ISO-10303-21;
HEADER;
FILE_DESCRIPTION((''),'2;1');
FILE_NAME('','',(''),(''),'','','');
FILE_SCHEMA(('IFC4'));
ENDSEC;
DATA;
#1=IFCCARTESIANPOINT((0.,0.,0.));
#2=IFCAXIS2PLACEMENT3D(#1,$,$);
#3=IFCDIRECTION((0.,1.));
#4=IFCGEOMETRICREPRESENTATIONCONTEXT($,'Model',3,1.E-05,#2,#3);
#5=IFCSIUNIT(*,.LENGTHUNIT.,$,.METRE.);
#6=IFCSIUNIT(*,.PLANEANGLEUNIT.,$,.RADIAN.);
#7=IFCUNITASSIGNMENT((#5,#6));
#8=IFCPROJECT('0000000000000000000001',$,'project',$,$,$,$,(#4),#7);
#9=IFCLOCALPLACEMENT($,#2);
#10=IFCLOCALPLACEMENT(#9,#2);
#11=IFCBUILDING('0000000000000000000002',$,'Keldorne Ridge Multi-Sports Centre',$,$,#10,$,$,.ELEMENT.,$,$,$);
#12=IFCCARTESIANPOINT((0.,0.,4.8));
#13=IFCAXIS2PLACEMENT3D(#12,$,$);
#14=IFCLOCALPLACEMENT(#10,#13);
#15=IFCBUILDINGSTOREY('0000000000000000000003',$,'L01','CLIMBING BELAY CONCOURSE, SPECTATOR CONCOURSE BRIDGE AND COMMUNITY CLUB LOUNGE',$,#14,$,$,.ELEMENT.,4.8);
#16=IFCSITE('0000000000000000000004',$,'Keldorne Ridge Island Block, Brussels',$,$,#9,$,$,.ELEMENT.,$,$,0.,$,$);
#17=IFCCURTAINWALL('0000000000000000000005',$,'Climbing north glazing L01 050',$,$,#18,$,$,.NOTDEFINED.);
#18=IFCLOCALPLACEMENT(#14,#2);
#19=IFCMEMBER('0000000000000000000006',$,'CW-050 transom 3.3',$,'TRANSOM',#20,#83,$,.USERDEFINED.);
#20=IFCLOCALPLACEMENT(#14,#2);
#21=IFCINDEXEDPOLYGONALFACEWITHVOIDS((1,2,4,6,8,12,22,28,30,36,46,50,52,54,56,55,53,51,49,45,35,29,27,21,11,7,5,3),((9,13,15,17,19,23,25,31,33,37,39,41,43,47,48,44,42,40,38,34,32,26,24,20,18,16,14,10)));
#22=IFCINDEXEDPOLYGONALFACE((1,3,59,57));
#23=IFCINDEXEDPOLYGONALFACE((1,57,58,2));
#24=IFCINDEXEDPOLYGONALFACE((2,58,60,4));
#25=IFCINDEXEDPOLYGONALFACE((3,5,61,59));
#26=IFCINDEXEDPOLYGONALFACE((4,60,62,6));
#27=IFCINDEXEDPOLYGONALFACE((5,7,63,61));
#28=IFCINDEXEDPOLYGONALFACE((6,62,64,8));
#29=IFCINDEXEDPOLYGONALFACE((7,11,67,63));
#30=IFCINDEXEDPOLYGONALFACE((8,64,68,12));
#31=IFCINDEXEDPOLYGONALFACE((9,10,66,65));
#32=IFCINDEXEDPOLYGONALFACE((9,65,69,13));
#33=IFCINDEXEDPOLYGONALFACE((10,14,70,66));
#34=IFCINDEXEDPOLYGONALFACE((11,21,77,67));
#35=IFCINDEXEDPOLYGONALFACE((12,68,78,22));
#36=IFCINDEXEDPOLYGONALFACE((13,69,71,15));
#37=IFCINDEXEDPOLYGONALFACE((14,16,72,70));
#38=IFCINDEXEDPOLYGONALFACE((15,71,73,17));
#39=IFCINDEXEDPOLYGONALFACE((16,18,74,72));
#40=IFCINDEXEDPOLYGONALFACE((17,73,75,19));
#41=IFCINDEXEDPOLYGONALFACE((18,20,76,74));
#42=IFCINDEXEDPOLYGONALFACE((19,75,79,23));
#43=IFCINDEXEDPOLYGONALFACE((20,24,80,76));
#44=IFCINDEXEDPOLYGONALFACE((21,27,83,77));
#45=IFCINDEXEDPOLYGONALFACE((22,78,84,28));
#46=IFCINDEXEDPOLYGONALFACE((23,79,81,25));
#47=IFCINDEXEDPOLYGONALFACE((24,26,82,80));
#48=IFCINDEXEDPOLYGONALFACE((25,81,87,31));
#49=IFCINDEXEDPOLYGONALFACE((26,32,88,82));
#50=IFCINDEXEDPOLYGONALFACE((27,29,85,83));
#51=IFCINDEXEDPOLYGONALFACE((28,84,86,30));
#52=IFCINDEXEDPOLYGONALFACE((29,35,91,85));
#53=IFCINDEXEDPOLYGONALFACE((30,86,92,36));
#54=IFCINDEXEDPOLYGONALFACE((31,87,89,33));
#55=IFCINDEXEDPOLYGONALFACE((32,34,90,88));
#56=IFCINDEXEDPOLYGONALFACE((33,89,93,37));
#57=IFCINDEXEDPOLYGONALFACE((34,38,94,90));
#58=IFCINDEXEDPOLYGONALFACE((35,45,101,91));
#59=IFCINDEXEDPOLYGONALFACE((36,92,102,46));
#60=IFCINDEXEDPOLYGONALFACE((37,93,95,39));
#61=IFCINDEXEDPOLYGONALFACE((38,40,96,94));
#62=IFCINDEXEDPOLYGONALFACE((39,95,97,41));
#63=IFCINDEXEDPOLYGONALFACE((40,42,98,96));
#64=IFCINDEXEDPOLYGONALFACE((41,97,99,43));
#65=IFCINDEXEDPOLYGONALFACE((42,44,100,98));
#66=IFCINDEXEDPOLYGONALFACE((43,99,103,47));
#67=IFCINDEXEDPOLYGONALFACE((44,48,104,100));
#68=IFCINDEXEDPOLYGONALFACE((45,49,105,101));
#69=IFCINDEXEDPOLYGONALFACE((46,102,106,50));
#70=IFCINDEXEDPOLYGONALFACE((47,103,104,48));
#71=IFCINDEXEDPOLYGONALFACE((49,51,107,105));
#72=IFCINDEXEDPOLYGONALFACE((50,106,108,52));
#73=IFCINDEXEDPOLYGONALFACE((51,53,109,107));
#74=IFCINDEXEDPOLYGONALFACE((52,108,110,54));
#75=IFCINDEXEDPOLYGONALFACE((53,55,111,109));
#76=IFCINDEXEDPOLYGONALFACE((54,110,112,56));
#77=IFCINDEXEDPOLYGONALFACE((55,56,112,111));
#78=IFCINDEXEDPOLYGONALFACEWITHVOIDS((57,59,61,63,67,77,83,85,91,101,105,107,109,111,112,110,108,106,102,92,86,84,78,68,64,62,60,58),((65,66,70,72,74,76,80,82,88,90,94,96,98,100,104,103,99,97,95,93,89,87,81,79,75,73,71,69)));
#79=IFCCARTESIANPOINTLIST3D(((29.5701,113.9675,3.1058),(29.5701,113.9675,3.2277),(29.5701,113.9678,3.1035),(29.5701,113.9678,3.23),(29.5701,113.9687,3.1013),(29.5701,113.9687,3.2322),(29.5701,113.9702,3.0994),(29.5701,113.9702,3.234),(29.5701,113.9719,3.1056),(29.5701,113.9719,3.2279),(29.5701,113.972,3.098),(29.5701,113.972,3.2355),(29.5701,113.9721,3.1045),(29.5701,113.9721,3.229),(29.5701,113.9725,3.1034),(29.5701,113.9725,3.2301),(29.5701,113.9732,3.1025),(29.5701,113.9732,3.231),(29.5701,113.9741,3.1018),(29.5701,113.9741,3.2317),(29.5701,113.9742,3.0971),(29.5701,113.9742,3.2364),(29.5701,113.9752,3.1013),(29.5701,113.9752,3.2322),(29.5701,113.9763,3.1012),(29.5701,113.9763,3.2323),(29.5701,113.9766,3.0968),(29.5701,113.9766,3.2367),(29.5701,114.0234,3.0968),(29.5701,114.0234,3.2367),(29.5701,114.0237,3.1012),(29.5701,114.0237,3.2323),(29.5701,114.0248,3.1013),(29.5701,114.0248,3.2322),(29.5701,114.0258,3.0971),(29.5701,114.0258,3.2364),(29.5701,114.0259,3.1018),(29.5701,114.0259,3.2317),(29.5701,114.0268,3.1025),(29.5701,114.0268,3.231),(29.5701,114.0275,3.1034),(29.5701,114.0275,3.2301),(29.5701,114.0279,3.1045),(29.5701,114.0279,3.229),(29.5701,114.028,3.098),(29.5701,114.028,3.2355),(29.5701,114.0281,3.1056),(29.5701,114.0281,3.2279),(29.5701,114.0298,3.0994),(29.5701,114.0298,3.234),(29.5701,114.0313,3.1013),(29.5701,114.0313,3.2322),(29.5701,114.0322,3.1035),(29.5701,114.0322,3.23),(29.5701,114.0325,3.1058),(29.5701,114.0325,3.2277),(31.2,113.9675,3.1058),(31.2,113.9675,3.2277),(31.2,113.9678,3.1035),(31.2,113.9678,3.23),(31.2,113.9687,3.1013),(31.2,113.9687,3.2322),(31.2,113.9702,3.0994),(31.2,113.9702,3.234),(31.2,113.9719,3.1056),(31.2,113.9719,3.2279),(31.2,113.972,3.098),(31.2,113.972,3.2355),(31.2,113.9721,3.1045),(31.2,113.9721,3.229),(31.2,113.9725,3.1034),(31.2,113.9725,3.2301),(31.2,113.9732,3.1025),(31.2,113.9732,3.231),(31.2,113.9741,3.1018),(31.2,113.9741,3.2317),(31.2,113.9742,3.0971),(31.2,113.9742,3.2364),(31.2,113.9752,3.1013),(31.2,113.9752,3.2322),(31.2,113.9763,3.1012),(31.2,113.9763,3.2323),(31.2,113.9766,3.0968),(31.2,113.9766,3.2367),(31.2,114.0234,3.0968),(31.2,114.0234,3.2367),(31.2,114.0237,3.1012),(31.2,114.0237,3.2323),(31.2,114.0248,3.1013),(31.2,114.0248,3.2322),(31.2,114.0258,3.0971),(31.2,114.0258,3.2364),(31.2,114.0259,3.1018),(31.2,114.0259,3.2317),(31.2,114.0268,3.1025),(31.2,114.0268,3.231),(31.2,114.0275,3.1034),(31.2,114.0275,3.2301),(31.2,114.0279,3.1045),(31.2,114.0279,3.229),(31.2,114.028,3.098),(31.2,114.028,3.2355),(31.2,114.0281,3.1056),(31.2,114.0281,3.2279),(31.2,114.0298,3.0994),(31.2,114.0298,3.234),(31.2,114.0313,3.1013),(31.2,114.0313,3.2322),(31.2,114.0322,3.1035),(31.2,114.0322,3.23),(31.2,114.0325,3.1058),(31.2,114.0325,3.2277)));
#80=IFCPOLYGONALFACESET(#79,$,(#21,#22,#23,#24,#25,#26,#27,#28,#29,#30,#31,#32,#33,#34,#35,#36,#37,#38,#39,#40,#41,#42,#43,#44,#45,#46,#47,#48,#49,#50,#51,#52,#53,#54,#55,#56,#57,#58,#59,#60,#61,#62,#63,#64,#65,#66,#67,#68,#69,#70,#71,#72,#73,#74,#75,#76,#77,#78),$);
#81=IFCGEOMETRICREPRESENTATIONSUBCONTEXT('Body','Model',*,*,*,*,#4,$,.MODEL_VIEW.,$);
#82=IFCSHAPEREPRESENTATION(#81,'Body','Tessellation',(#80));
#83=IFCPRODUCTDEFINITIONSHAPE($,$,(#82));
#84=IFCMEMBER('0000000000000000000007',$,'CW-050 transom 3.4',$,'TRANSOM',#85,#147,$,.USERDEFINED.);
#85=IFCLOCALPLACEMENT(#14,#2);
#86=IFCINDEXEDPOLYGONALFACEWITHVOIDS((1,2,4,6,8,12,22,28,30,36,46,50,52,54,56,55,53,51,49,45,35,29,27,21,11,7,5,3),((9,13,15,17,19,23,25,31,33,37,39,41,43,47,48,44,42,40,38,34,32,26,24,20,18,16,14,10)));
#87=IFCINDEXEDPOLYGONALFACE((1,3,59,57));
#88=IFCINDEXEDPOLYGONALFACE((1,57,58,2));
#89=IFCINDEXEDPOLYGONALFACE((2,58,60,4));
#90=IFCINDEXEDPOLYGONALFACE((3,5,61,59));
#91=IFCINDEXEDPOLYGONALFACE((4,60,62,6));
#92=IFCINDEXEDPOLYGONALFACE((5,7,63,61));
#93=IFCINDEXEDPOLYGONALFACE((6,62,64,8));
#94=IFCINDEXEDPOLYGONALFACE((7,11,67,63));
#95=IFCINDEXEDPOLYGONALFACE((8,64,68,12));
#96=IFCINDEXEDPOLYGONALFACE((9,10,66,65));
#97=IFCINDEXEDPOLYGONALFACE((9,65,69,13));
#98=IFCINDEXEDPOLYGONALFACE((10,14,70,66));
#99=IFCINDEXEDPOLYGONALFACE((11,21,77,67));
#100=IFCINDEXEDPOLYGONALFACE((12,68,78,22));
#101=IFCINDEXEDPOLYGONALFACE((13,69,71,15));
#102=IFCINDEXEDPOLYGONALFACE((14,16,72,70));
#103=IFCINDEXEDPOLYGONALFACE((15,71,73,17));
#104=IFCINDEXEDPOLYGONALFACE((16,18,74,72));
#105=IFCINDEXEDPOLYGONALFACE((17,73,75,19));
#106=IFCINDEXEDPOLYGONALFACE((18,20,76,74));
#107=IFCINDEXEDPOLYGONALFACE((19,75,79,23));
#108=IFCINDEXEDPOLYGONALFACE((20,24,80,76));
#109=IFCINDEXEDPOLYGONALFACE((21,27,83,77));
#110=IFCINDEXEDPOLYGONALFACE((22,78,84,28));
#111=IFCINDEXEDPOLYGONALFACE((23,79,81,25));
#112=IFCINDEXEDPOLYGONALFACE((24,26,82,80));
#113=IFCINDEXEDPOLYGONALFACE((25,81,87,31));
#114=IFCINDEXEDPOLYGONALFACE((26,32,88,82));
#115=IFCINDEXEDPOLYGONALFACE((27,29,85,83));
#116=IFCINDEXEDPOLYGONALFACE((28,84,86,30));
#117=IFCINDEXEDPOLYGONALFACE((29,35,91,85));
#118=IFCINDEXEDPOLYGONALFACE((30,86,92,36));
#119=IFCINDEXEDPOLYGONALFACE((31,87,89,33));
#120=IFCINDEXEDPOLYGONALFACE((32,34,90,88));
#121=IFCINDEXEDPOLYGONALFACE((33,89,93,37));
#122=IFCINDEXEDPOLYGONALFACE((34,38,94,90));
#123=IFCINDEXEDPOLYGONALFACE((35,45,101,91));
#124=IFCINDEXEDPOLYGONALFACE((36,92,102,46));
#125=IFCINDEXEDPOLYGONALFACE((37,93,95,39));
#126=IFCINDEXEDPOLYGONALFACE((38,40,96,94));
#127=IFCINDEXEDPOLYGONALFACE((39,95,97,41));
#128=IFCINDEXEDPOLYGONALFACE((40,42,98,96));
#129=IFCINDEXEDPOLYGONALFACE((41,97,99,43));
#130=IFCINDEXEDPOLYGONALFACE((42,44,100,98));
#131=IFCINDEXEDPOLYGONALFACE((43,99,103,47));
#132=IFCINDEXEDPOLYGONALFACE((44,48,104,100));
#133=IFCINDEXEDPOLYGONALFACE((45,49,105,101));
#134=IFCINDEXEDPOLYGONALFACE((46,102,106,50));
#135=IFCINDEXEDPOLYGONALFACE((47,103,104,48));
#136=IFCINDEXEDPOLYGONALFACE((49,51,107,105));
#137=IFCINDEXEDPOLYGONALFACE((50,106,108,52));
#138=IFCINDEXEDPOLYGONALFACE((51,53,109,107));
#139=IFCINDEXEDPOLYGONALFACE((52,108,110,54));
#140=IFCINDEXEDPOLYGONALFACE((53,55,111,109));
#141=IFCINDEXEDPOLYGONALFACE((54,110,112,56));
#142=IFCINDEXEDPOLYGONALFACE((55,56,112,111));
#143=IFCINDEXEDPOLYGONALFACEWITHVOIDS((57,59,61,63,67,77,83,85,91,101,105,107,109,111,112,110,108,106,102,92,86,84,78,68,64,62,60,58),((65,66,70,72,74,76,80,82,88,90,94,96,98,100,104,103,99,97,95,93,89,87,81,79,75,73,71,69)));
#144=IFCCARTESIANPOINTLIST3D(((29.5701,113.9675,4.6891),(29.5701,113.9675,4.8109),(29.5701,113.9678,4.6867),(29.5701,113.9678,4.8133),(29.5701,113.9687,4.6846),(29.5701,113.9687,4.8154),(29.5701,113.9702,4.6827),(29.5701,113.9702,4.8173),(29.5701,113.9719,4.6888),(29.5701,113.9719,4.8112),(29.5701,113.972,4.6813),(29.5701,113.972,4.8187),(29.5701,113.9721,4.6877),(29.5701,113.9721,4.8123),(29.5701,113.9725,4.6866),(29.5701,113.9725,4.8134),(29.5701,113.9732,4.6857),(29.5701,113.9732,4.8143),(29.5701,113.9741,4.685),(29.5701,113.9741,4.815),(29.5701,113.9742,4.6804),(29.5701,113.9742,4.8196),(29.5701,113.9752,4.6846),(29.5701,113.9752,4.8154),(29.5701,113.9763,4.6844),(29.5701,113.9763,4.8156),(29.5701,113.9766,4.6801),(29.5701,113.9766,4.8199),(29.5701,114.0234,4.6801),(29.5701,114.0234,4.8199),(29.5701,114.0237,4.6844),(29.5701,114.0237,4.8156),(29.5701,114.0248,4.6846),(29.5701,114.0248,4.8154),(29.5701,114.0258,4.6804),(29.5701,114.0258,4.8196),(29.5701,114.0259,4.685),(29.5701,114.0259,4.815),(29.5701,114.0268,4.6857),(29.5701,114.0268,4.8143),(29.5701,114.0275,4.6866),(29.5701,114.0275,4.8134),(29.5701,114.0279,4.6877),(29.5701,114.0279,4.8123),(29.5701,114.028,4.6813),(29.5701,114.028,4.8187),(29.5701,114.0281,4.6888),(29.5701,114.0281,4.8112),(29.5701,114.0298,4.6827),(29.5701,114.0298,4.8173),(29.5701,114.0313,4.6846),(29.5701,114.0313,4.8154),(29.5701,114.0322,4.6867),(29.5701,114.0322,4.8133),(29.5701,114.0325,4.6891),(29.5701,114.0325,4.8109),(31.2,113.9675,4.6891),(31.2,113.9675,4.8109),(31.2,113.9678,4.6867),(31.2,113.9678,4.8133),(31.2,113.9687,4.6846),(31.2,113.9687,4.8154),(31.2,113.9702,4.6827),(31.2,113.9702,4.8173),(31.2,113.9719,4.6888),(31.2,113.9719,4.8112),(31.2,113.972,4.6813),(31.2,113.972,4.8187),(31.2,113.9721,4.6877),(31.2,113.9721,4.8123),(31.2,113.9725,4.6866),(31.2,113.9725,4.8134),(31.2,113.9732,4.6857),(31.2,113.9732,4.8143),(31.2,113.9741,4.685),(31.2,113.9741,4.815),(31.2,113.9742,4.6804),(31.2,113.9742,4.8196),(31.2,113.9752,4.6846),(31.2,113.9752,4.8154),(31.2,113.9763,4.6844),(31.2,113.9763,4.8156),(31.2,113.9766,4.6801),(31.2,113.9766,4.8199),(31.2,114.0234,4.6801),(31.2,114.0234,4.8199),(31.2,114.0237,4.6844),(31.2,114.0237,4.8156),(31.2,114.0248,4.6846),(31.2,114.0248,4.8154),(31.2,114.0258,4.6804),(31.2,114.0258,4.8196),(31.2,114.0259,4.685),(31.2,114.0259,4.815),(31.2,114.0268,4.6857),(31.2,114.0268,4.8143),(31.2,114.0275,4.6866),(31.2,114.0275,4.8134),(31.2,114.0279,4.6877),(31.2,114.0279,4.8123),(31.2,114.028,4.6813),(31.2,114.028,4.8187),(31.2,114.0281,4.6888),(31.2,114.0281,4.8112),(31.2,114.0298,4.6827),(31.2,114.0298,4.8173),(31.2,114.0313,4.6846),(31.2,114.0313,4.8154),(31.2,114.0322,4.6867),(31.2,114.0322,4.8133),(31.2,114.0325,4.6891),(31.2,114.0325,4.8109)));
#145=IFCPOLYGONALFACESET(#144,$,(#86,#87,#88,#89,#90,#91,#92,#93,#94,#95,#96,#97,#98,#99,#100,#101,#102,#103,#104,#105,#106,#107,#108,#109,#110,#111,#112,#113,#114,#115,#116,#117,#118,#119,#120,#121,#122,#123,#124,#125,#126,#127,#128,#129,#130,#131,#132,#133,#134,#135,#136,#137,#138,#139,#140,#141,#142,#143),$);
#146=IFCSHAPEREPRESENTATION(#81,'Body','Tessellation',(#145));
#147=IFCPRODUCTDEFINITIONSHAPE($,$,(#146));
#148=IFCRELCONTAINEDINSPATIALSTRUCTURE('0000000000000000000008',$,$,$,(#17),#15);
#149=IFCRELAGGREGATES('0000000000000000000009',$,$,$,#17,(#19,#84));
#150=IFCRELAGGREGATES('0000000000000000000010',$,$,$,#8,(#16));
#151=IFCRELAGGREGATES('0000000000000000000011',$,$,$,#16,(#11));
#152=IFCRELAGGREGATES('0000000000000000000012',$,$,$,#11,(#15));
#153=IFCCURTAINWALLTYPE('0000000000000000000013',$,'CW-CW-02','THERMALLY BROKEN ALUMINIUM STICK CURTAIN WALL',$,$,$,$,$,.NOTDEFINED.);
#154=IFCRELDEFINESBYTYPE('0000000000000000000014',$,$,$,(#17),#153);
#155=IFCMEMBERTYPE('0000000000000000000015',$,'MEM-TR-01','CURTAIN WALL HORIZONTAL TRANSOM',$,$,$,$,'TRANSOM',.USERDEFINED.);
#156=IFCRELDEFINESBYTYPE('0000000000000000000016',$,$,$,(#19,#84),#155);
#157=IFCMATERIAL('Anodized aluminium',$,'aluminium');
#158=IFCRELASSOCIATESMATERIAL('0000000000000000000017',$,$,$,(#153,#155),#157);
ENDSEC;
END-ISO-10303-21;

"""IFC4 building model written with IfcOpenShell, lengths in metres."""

from ifc_helpers import new_model, si_unit, direction, frame, origin, origin_2d, place, context, subcontext, project, spatial, hollow_rectangle, extrude, material, material_profile, profile_set, type_object, element, aggregate, save


model = new_model("IFC4")

# Units and contexts
model_context = context("Model", 3, precision=1e-05, world=origin(), true_north=direction((0.0, 1.0)))
body_context = subcontext(model_context, "Body", "Model", "MODEL_VIEW")
ifc_project = project(units=[si_unit("LENGTHUNIT", "METRE"), si_unit("PLANEANGLEUNIT", "RADIAN")], contexts=[model_context])

# Site, building, storey
site_placement = place(None, origin())
site = spatial("IfcSite", under=ifc_project, at=site_placement, Name="Keldorne Ridge Island Block, Brussels", CompositionType="ELEMENT", RefElevation=0.0)
building_placement = place(site_placement, origin())
building = spatial("IfcBuilding", under=site, at=building_placement, Name="Keldorne Ridge Multi-Sports Centre", CompositionType="ELEMENT")
storey_placement = place(building_placement, frame((0.0, 0.0, 4.8)))
storey = spatial("IfcBuildingStorey", under=building, at=storey_placement, Name="L01", Description="CLIMBING BELAY CONCOURSE, SPECTATOR CONCOURSE BRIDGE AND COMMUNITY CLUB LOUNGE", CompositionType="ELEMENT", Elevation=4.8)

# Curtain wall
ifc_material_1 = material(Name="Anodized aluminium", Category="aluminium")
curtain_wall_type_1 = type_object("IfcCurtainWallType", Name="CW-CW-02", Description="THERMALLY BROKEN ALUMINIUM STICK CURTAIN WALL", PredefinedType="NOTDEFINED", material=ifc_material_1)
curtain_wall_1_placement = place(storey_placement, origin())
curtain_wall_1 = element("IfcCurtainWall", 1, at=curtain_wall_1_placement, inside=storey, type_object=curtain_wall_type_1, Name="Climbing north glazing L01 050", PredefinedType="NOTDEFINED")

# Members
ifc_material_profile_1 = material_profile(ifc_material_1, hollow_rectangle(XDim=0.0649, YDim=0.1399, WallThickness=0.0044, InnerFilletRadius=0.0044, OuterFilletRadius=0.009, at=origin_2d()), Name="ALU TRANSOM 140x65x4.5")
ifc_profile_set_1 = profile_set([ifc_material_profile_1], Name="Anodized aluminium")
member_type_1 = type_object("IfcMemberType", Name="MEM-TR-01", Description="CURTAIN WALL HORIZONTAL TRANSOM", ElementType="TRANSOM", PredefinedType="USERDEFINED", material=ifc_profile_set_1)
member_1_placement = place(storey_placement, frame((31.2, 114.0, 3.1667), z_axis=(-1.0, 0.0, 0.0), x_axis=(0.0, -1.0, 0.0)))
member_1 = element("IfcMember", 2, at=member_1_placement, type_object=member_type_1, Name="CW-050 transom 3.3", ObjectType="TRANSOM", PredefinedType="USERDEFINED", context=body_context, shape_type="SweptSolid", body=[
    extrude(hollow_rectangle(XDim=0.0649, YDim=0.1399, WallThickness=0.0044, InnerFilletRadius=0.0044, OuterFilletRadius=0.009, at=origin_2d()), origin(), (0.0, 0.0, 1.0), 1.6299),
])
member_2_placement = place(storey_placement, frame((31.2, 114.0, 4.75), z_axis=(-1.0, 0.0, 0.0), x_axis=(0.0, -1.0, 0.0)))
member_2 = element("IfcMember", 3, at=member_2_placement, type_object=member_type_1, Name="CW-050 transom 3.4", ObjectType="TRANSOM", PredefinedType="USERDEFINED", context=body_context, shape_type="SweptSolid", body=[
    extrude(hollow_rectangle(XDim=0.0649, YDim=0.1399, WallThickness=0.0044, InnerFilletRadius=0.0044, OuterFilletRadius=0.009, at=origin_2d()), origin(), (0.0, 0.0, 1.0), 1.6299),
])

aggregate(curtain_wall_1, [member_1, member_2])

save(model, "model.ifc")
